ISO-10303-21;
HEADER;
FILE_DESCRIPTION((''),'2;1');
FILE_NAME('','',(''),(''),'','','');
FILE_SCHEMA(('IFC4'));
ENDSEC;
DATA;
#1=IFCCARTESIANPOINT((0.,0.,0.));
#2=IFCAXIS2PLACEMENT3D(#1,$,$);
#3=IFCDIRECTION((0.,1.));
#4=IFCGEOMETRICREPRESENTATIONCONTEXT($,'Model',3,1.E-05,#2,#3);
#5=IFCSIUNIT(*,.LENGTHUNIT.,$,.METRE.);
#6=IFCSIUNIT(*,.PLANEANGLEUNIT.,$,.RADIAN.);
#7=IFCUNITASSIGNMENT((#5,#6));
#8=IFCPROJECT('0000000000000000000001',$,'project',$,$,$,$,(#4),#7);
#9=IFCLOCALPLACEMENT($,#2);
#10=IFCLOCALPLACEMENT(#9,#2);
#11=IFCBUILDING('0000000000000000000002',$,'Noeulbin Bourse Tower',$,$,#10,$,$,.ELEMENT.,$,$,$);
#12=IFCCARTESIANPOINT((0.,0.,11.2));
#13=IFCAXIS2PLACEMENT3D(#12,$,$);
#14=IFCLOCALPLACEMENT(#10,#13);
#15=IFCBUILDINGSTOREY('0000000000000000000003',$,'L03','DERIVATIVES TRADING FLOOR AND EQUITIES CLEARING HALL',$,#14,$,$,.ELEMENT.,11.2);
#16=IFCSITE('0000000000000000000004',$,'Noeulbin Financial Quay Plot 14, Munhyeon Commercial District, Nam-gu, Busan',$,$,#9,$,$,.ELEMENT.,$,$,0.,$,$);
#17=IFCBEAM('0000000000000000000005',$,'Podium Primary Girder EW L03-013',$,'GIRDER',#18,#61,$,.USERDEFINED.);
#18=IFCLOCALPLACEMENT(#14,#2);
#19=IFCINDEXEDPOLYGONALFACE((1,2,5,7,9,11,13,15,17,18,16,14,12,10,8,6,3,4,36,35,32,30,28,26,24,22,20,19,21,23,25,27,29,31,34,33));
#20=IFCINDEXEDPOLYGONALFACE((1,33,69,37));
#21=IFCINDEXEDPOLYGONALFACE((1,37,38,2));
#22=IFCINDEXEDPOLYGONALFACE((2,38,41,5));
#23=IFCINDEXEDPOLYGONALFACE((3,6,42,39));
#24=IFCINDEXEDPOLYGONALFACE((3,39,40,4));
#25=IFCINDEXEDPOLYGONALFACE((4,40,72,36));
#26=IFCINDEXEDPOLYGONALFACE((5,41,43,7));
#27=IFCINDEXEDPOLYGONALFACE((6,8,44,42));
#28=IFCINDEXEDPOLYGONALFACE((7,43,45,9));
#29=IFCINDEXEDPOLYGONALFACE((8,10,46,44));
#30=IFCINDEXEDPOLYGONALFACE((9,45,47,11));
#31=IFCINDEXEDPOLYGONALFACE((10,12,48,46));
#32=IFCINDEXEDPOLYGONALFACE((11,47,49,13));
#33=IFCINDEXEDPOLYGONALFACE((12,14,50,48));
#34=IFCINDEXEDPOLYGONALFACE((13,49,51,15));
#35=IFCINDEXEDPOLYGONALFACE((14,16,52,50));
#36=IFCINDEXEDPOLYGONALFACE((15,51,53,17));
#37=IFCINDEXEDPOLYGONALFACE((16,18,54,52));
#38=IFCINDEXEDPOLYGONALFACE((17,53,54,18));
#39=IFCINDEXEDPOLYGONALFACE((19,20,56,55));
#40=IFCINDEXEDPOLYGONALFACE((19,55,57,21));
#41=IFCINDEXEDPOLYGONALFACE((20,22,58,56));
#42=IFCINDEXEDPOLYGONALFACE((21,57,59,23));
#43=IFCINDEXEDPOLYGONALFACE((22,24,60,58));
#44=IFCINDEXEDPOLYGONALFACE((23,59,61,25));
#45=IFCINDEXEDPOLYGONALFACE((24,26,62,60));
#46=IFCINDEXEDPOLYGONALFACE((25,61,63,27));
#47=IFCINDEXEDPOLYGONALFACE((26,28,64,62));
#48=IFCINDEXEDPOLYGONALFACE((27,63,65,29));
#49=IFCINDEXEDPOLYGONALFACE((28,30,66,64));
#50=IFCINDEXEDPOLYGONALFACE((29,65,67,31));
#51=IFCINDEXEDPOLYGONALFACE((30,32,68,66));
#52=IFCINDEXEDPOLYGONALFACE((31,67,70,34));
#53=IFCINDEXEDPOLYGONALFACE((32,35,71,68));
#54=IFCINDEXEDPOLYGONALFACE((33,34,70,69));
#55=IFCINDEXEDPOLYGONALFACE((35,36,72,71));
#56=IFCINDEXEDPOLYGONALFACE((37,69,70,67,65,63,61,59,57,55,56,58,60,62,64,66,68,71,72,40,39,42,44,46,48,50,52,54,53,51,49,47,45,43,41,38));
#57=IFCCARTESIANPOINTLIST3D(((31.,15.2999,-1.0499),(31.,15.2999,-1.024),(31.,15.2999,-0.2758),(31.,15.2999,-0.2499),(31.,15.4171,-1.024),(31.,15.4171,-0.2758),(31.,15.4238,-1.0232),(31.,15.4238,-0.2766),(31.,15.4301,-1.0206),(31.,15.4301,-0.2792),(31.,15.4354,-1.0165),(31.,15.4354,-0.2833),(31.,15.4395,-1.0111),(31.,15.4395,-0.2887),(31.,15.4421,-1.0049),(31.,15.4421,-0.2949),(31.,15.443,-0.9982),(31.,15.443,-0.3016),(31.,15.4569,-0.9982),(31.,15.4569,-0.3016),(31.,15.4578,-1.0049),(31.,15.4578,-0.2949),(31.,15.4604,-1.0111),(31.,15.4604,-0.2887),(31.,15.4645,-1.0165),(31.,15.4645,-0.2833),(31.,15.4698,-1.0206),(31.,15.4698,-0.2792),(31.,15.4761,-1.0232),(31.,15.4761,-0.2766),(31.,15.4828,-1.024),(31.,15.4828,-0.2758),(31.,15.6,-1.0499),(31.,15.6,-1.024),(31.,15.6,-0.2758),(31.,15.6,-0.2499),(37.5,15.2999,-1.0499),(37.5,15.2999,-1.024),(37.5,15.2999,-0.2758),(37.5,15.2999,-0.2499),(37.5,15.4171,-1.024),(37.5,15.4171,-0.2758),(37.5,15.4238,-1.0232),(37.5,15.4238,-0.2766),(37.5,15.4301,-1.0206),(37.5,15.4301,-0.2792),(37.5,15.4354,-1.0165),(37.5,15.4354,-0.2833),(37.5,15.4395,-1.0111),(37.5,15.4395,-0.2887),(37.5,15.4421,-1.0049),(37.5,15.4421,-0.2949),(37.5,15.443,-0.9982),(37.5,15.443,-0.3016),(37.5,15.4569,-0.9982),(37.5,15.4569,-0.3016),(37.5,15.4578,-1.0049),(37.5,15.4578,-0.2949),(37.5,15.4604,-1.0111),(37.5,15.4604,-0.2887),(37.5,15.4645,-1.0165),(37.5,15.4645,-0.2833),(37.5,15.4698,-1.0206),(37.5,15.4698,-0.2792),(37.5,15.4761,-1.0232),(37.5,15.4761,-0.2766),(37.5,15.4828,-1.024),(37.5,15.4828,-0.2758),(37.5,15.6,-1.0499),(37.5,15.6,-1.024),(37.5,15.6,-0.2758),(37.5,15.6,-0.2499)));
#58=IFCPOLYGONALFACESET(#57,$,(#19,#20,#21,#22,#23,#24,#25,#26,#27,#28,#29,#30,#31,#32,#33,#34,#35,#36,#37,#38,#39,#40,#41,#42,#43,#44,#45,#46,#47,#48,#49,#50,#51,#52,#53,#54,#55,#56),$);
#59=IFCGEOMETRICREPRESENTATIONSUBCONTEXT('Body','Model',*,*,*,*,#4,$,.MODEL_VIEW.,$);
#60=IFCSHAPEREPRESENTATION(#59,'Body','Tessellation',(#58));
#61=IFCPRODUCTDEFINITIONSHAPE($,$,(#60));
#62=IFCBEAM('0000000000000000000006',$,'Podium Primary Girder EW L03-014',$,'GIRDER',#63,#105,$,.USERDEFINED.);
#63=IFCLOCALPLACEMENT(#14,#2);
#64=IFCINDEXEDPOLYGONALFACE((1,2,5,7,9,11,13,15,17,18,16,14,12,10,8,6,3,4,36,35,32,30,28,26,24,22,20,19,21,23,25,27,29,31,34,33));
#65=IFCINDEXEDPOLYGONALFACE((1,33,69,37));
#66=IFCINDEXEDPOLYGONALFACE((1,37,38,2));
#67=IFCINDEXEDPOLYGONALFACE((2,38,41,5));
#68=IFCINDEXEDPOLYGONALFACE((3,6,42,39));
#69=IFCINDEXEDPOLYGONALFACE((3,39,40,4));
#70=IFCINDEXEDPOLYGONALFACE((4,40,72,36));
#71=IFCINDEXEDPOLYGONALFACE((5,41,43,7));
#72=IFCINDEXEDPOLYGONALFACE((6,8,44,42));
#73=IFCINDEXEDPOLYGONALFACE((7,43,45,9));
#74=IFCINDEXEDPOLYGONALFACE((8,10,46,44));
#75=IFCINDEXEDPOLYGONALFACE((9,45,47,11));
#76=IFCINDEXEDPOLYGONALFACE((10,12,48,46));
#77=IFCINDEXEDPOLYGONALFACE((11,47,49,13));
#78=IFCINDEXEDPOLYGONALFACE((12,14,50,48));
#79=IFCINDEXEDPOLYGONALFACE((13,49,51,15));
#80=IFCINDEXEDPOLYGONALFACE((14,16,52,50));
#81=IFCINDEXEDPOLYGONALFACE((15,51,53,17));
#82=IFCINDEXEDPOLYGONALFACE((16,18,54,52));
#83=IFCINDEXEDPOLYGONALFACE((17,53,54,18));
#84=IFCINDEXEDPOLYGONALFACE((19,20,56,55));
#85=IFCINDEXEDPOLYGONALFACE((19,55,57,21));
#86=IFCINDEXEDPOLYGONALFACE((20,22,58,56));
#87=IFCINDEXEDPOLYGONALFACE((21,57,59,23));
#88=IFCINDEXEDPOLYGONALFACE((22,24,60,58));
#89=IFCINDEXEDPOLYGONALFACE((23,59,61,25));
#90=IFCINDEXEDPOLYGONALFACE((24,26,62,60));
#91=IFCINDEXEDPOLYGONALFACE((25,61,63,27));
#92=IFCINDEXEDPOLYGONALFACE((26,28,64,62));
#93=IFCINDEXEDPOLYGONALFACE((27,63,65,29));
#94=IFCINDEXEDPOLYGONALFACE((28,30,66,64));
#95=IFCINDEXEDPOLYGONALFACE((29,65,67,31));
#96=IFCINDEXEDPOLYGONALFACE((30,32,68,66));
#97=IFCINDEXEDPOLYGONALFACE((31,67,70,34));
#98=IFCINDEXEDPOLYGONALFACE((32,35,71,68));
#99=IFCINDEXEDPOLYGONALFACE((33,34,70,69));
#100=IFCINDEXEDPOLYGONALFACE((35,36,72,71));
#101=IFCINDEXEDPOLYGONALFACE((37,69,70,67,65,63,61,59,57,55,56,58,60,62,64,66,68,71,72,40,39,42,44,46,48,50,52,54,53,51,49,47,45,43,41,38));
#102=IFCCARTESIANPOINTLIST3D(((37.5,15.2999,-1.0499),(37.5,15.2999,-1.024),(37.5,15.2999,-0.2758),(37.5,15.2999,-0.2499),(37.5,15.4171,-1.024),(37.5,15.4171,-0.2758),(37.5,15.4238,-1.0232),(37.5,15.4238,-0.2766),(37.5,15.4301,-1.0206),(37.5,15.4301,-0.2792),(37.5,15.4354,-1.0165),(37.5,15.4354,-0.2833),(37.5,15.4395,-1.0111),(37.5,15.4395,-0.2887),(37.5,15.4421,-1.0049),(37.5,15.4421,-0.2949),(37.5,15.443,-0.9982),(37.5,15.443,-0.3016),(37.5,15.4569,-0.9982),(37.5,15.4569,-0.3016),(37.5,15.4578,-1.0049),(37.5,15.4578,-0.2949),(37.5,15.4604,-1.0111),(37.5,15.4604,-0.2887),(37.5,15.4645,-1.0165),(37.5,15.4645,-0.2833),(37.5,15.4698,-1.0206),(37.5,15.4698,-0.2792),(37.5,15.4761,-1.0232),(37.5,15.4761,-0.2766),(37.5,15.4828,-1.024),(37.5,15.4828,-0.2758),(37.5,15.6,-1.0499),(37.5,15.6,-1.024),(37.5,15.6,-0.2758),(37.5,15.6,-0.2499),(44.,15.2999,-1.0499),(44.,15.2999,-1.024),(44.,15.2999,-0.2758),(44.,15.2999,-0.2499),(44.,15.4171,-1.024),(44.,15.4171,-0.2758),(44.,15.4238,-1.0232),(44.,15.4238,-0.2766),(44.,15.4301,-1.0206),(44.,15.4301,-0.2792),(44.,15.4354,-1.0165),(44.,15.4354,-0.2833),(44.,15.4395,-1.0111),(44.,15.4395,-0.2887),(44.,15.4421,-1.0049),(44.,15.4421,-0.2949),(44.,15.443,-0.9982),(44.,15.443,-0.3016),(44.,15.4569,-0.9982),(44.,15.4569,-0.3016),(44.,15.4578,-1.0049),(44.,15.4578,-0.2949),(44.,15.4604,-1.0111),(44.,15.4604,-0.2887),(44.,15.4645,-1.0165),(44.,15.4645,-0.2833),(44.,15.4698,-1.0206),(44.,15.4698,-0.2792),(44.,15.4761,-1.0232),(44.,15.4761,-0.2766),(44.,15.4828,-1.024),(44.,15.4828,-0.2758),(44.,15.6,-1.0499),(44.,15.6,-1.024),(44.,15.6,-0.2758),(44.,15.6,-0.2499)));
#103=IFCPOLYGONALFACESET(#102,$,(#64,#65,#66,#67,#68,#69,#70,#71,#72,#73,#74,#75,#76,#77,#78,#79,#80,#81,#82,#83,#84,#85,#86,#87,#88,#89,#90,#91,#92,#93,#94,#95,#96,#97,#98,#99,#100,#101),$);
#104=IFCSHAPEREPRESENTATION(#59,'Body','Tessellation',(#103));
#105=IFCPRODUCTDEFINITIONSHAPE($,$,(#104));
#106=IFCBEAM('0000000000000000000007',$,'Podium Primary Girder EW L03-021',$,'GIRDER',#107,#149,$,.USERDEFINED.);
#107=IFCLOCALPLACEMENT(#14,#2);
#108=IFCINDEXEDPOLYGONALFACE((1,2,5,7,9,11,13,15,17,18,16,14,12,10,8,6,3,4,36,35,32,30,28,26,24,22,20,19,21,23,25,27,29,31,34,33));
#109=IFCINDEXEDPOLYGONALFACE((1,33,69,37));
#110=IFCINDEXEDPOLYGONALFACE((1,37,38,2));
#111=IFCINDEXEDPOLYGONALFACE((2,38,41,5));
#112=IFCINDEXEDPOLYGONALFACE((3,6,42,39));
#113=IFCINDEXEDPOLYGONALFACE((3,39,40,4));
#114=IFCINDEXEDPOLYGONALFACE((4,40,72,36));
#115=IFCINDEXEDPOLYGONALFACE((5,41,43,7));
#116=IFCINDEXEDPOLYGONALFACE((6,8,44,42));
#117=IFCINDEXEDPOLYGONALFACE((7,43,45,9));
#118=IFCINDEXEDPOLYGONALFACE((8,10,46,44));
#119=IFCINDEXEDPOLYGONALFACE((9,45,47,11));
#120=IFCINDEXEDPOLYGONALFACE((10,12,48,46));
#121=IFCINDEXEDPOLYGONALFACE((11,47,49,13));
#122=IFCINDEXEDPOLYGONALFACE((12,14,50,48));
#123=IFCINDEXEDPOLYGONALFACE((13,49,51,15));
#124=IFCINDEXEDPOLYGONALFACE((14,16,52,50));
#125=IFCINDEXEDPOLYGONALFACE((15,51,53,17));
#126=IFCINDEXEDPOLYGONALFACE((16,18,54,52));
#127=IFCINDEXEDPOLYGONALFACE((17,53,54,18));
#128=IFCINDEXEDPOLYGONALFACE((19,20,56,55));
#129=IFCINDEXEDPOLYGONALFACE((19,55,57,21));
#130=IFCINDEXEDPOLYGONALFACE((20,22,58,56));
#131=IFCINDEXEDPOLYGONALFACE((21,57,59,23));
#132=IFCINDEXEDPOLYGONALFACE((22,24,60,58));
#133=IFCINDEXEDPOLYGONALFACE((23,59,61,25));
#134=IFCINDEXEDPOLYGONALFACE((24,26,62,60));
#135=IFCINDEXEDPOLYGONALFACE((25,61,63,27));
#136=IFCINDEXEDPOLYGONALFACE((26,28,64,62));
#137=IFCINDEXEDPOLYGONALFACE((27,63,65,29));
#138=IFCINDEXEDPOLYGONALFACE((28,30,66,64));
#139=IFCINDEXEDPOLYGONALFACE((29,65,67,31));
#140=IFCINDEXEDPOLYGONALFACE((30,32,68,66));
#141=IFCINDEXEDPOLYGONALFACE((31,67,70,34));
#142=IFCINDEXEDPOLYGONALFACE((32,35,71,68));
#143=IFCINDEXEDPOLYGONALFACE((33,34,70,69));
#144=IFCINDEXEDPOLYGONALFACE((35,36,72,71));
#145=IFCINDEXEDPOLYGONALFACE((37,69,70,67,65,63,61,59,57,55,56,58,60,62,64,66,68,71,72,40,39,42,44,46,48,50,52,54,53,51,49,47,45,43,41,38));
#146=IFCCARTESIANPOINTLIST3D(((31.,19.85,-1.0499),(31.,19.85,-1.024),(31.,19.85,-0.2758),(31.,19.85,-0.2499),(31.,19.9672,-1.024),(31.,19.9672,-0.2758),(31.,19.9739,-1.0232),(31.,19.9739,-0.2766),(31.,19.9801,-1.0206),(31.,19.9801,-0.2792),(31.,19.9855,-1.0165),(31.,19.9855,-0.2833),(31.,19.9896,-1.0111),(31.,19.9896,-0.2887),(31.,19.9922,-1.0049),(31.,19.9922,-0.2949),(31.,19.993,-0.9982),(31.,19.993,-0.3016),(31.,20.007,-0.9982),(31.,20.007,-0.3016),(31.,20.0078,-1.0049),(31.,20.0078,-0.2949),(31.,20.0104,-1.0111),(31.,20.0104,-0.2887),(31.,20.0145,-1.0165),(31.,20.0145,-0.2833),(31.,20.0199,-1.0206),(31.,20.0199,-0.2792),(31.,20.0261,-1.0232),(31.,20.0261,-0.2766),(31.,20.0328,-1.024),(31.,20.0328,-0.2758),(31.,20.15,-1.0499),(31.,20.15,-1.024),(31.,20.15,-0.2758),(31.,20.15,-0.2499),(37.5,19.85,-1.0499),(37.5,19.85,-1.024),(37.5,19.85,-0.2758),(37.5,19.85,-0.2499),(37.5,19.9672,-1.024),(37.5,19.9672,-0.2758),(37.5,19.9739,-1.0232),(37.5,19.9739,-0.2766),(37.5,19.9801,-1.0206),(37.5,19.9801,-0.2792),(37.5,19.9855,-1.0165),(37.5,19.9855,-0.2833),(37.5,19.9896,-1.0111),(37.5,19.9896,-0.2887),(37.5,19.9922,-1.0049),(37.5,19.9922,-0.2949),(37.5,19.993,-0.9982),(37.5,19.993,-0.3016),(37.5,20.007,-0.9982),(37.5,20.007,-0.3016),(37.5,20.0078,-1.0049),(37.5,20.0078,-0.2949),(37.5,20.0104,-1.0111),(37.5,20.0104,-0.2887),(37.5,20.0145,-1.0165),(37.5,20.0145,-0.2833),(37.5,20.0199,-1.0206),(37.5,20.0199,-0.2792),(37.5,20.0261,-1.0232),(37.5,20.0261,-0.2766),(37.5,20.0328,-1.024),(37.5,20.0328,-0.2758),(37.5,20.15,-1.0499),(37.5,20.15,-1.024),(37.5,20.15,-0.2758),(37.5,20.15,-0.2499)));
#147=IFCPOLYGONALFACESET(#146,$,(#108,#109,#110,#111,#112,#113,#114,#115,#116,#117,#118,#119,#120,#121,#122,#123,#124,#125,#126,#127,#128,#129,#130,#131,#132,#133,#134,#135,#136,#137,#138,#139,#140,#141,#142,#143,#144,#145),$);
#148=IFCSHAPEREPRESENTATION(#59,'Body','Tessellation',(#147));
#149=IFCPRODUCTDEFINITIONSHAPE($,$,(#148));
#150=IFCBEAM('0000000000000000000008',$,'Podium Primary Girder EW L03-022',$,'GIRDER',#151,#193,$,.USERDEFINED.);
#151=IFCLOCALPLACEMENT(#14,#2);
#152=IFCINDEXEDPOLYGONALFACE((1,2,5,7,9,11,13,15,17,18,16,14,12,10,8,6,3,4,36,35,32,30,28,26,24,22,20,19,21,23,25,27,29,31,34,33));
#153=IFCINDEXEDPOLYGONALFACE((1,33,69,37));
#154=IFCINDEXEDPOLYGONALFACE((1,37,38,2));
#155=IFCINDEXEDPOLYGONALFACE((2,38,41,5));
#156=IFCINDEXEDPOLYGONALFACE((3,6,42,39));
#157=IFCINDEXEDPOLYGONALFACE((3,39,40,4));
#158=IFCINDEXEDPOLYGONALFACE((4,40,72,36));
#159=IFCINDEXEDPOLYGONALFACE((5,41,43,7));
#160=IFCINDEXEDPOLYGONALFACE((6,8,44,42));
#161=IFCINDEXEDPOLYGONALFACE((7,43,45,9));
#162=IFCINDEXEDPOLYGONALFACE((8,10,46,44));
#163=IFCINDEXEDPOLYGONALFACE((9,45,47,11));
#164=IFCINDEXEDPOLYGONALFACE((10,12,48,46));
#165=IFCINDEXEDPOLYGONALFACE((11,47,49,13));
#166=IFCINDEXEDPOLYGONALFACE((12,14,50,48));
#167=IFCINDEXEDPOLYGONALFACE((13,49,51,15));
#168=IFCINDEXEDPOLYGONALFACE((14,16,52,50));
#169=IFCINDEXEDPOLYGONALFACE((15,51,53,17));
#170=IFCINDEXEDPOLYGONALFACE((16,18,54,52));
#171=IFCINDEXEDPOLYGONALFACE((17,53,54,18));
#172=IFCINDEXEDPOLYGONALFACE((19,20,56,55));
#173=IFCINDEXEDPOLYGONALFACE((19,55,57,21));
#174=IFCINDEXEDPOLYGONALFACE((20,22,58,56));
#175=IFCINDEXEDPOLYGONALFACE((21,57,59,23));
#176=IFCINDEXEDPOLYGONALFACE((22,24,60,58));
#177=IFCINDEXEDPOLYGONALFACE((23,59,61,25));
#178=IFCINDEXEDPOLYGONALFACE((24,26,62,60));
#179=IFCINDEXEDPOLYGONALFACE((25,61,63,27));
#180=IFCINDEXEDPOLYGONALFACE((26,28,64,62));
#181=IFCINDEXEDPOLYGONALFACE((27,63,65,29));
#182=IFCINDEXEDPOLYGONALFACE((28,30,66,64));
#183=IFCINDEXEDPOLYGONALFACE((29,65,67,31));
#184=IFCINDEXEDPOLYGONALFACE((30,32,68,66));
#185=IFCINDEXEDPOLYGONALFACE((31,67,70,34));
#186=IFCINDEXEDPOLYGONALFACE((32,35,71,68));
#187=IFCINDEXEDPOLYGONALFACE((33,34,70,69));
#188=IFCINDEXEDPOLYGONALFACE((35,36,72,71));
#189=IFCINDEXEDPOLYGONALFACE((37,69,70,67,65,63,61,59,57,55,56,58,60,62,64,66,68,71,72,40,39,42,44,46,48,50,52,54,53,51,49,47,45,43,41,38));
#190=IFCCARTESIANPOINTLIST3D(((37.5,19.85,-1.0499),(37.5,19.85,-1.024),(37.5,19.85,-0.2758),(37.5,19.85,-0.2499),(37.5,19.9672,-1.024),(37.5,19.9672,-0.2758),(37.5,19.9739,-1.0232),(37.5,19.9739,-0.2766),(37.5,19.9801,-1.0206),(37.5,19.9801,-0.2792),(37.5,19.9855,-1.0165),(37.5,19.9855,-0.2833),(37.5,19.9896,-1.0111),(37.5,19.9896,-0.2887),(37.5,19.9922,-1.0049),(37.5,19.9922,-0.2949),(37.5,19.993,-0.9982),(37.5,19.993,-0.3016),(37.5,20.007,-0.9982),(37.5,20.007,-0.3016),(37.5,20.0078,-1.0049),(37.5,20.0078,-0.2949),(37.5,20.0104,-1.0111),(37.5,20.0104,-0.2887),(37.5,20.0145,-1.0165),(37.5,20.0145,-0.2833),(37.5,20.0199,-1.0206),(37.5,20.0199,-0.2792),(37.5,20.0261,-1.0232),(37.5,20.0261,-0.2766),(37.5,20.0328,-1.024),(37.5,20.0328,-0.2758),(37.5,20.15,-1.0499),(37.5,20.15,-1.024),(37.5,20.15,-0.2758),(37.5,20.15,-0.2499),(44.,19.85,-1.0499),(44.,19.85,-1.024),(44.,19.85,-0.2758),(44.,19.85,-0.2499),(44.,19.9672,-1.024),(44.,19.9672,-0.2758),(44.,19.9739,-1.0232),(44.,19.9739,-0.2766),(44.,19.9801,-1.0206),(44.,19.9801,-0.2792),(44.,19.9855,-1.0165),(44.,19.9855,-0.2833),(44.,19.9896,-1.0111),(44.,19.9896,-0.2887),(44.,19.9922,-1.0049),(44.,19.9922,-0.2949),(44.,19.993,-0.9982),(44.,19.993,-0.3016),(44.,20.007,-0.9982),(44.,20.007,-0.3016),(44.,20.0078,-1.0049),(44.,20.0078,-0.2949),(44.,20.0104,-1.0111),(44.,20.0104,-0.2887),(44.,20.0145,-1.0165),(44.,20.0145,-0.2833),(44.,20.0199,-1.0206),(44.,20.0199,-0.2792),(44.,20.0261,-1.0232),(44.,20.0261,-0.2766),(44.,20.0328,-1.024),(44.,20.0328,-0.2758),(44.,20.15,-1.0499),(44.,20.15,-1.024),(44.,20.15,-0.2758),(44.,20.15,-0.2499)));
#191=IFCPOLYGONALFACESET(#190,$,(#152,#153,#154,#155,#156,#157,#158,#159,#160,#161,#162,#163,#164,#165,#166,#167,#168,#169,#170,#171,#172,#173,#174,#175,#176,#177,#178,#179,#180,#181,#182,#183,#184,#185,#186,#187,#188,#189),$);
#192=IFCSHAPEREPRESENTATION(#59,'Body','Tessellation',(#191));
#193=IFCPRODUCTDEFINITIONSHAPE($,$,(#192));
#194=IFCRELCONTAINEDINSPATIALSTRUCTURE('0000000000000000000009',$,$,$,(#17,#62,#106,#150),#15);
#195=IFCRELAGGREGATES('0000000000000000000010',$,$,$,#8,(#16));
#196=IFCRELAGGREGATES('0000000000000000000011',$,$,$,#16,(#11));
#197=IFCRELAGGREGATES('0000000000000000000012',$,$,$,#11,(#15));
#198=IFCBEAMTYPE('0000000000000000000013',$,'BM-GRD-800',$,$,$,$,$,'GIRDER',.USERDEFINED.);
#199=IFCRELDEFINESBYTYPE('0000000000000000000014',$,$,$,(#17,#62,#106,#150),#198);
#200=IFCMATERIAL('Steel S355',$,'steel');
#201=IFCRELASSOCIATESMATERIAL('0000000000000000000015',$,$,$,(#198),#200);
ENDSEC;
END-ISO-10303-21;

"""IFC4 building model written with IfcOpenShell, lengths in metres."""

from ifc_helpers import new_model, si_unit, direction, frame, origin, origin_2d, place, context, subcontext, project, spatial, i_section, extrude, material, material_profile, profile_set, type_object, element, save


model = new_model("IFC4")

# Units and contexts
model_context = context("Model", 3, precision=1e-05, world=origin(), true_north=direction((0.0, 1.0)))
body_context = subcontext(model_context, "Body", "Model", "MODEL_VIEW")
ifc_project = project(units=[si_unit("LENGTHUNIT", "METRE"), si_unit("PLANEANGLEUNIT", "RADIAN")], contexts=[model_context])

# Site, building, storey
site_placement = place(None, origin())
site = spatial("IfcSite", under=ifc_project, at=site_placement, Name="Noeulbin Financial Quay Plot 14, Munhyeon Commercial District, Nam-gu, Busan", CompositionType="ELEMENT", RefElevation=0.0)
building_placement = place(site_placement, origin())
building = spatial("IfcBuilding", under=site, at=building_placement, Name="Noeulbin Bourse Tower", CompositionType="ELEMENT")
storey_placement = place(building_placement, frame((0.0, 0.0, 11.2)))
storey = spatial("IfcBuildingStorey", under=building, at=storey_placement, Name="L03", Description="DERIVATIVES TRADING FLOOR AND EQUITIES CLEARING HALL", CompositionType="ELEMENT", Elevation=11.2)

# Beams
ifc_material_1 = material(Name="Steel S355", Category="steel")
ifc_material_profile_1 = material_profile(ifc_material_1, i_section(OverallWidth=0.3, OverallDepth=0.8, WebThickness=0.0139, FlangeThickness=0.0259, FilletRadius=0.0259, at=origin_2d()), Name="H-800x300x14x26", Category="LoadBearing")
ifc_profile_set_1 = profile_set([ifc_material_profile_1], Name="Steel S355")
beam_type_1 = type_object("IfcBeamType", Name="BM-GRD-800", ElementType="GIRDER", PredefinedType="USERDEFINED", material=ifc_profile_set_1)
for number, where, z_axis, x_axis, name in (
    (1, (31.0, 15.45, -0.6499), (1.0, 0.0, 0.0), (0.0, 1.0, 0.0), "Podium Primary Girder EW L03-013"),
    (2, (37.5, 15.45, -0.6499), (1.0, 0.0, 0.0), (0.0, 1.0, 0.0), "Podium Primary Girder EW L03-014"),
    (3, (31.0, 20.0, -0.6499), (1.0, 0.0, 0.0), (0.0, 1.0, 0.0), "Podium Primary Girder EW L03-021"),
    (4, (37.5, 20.0, -0.6499), (1.0, 0.0, 0.0), (0.0, 1.0, 0.0), "Podium Primary Girder EW L03-022"),
):
    element("IfcBeam", number, at=place(storey_placement, frame(where, z_axis=z_axis, x_axis=x_axis)), inside=storey, type_object=beam_type_1, Name=name, ObjectType="GIRDER", PredefinedType="USERDEFINED", context=body_context, shape_type="SweptSolid", body=[
        extrude(i_section(OverallWidth=0.3, OverallDepth=0.8, WebThickness=0.0139, FlangeThickness=0.0259, FilletRadius=0.0259, at=origin_2d()), origin(), (0.0, 0.0, 1.0), 6.5),
    ])

save(model, "model.ifc")
